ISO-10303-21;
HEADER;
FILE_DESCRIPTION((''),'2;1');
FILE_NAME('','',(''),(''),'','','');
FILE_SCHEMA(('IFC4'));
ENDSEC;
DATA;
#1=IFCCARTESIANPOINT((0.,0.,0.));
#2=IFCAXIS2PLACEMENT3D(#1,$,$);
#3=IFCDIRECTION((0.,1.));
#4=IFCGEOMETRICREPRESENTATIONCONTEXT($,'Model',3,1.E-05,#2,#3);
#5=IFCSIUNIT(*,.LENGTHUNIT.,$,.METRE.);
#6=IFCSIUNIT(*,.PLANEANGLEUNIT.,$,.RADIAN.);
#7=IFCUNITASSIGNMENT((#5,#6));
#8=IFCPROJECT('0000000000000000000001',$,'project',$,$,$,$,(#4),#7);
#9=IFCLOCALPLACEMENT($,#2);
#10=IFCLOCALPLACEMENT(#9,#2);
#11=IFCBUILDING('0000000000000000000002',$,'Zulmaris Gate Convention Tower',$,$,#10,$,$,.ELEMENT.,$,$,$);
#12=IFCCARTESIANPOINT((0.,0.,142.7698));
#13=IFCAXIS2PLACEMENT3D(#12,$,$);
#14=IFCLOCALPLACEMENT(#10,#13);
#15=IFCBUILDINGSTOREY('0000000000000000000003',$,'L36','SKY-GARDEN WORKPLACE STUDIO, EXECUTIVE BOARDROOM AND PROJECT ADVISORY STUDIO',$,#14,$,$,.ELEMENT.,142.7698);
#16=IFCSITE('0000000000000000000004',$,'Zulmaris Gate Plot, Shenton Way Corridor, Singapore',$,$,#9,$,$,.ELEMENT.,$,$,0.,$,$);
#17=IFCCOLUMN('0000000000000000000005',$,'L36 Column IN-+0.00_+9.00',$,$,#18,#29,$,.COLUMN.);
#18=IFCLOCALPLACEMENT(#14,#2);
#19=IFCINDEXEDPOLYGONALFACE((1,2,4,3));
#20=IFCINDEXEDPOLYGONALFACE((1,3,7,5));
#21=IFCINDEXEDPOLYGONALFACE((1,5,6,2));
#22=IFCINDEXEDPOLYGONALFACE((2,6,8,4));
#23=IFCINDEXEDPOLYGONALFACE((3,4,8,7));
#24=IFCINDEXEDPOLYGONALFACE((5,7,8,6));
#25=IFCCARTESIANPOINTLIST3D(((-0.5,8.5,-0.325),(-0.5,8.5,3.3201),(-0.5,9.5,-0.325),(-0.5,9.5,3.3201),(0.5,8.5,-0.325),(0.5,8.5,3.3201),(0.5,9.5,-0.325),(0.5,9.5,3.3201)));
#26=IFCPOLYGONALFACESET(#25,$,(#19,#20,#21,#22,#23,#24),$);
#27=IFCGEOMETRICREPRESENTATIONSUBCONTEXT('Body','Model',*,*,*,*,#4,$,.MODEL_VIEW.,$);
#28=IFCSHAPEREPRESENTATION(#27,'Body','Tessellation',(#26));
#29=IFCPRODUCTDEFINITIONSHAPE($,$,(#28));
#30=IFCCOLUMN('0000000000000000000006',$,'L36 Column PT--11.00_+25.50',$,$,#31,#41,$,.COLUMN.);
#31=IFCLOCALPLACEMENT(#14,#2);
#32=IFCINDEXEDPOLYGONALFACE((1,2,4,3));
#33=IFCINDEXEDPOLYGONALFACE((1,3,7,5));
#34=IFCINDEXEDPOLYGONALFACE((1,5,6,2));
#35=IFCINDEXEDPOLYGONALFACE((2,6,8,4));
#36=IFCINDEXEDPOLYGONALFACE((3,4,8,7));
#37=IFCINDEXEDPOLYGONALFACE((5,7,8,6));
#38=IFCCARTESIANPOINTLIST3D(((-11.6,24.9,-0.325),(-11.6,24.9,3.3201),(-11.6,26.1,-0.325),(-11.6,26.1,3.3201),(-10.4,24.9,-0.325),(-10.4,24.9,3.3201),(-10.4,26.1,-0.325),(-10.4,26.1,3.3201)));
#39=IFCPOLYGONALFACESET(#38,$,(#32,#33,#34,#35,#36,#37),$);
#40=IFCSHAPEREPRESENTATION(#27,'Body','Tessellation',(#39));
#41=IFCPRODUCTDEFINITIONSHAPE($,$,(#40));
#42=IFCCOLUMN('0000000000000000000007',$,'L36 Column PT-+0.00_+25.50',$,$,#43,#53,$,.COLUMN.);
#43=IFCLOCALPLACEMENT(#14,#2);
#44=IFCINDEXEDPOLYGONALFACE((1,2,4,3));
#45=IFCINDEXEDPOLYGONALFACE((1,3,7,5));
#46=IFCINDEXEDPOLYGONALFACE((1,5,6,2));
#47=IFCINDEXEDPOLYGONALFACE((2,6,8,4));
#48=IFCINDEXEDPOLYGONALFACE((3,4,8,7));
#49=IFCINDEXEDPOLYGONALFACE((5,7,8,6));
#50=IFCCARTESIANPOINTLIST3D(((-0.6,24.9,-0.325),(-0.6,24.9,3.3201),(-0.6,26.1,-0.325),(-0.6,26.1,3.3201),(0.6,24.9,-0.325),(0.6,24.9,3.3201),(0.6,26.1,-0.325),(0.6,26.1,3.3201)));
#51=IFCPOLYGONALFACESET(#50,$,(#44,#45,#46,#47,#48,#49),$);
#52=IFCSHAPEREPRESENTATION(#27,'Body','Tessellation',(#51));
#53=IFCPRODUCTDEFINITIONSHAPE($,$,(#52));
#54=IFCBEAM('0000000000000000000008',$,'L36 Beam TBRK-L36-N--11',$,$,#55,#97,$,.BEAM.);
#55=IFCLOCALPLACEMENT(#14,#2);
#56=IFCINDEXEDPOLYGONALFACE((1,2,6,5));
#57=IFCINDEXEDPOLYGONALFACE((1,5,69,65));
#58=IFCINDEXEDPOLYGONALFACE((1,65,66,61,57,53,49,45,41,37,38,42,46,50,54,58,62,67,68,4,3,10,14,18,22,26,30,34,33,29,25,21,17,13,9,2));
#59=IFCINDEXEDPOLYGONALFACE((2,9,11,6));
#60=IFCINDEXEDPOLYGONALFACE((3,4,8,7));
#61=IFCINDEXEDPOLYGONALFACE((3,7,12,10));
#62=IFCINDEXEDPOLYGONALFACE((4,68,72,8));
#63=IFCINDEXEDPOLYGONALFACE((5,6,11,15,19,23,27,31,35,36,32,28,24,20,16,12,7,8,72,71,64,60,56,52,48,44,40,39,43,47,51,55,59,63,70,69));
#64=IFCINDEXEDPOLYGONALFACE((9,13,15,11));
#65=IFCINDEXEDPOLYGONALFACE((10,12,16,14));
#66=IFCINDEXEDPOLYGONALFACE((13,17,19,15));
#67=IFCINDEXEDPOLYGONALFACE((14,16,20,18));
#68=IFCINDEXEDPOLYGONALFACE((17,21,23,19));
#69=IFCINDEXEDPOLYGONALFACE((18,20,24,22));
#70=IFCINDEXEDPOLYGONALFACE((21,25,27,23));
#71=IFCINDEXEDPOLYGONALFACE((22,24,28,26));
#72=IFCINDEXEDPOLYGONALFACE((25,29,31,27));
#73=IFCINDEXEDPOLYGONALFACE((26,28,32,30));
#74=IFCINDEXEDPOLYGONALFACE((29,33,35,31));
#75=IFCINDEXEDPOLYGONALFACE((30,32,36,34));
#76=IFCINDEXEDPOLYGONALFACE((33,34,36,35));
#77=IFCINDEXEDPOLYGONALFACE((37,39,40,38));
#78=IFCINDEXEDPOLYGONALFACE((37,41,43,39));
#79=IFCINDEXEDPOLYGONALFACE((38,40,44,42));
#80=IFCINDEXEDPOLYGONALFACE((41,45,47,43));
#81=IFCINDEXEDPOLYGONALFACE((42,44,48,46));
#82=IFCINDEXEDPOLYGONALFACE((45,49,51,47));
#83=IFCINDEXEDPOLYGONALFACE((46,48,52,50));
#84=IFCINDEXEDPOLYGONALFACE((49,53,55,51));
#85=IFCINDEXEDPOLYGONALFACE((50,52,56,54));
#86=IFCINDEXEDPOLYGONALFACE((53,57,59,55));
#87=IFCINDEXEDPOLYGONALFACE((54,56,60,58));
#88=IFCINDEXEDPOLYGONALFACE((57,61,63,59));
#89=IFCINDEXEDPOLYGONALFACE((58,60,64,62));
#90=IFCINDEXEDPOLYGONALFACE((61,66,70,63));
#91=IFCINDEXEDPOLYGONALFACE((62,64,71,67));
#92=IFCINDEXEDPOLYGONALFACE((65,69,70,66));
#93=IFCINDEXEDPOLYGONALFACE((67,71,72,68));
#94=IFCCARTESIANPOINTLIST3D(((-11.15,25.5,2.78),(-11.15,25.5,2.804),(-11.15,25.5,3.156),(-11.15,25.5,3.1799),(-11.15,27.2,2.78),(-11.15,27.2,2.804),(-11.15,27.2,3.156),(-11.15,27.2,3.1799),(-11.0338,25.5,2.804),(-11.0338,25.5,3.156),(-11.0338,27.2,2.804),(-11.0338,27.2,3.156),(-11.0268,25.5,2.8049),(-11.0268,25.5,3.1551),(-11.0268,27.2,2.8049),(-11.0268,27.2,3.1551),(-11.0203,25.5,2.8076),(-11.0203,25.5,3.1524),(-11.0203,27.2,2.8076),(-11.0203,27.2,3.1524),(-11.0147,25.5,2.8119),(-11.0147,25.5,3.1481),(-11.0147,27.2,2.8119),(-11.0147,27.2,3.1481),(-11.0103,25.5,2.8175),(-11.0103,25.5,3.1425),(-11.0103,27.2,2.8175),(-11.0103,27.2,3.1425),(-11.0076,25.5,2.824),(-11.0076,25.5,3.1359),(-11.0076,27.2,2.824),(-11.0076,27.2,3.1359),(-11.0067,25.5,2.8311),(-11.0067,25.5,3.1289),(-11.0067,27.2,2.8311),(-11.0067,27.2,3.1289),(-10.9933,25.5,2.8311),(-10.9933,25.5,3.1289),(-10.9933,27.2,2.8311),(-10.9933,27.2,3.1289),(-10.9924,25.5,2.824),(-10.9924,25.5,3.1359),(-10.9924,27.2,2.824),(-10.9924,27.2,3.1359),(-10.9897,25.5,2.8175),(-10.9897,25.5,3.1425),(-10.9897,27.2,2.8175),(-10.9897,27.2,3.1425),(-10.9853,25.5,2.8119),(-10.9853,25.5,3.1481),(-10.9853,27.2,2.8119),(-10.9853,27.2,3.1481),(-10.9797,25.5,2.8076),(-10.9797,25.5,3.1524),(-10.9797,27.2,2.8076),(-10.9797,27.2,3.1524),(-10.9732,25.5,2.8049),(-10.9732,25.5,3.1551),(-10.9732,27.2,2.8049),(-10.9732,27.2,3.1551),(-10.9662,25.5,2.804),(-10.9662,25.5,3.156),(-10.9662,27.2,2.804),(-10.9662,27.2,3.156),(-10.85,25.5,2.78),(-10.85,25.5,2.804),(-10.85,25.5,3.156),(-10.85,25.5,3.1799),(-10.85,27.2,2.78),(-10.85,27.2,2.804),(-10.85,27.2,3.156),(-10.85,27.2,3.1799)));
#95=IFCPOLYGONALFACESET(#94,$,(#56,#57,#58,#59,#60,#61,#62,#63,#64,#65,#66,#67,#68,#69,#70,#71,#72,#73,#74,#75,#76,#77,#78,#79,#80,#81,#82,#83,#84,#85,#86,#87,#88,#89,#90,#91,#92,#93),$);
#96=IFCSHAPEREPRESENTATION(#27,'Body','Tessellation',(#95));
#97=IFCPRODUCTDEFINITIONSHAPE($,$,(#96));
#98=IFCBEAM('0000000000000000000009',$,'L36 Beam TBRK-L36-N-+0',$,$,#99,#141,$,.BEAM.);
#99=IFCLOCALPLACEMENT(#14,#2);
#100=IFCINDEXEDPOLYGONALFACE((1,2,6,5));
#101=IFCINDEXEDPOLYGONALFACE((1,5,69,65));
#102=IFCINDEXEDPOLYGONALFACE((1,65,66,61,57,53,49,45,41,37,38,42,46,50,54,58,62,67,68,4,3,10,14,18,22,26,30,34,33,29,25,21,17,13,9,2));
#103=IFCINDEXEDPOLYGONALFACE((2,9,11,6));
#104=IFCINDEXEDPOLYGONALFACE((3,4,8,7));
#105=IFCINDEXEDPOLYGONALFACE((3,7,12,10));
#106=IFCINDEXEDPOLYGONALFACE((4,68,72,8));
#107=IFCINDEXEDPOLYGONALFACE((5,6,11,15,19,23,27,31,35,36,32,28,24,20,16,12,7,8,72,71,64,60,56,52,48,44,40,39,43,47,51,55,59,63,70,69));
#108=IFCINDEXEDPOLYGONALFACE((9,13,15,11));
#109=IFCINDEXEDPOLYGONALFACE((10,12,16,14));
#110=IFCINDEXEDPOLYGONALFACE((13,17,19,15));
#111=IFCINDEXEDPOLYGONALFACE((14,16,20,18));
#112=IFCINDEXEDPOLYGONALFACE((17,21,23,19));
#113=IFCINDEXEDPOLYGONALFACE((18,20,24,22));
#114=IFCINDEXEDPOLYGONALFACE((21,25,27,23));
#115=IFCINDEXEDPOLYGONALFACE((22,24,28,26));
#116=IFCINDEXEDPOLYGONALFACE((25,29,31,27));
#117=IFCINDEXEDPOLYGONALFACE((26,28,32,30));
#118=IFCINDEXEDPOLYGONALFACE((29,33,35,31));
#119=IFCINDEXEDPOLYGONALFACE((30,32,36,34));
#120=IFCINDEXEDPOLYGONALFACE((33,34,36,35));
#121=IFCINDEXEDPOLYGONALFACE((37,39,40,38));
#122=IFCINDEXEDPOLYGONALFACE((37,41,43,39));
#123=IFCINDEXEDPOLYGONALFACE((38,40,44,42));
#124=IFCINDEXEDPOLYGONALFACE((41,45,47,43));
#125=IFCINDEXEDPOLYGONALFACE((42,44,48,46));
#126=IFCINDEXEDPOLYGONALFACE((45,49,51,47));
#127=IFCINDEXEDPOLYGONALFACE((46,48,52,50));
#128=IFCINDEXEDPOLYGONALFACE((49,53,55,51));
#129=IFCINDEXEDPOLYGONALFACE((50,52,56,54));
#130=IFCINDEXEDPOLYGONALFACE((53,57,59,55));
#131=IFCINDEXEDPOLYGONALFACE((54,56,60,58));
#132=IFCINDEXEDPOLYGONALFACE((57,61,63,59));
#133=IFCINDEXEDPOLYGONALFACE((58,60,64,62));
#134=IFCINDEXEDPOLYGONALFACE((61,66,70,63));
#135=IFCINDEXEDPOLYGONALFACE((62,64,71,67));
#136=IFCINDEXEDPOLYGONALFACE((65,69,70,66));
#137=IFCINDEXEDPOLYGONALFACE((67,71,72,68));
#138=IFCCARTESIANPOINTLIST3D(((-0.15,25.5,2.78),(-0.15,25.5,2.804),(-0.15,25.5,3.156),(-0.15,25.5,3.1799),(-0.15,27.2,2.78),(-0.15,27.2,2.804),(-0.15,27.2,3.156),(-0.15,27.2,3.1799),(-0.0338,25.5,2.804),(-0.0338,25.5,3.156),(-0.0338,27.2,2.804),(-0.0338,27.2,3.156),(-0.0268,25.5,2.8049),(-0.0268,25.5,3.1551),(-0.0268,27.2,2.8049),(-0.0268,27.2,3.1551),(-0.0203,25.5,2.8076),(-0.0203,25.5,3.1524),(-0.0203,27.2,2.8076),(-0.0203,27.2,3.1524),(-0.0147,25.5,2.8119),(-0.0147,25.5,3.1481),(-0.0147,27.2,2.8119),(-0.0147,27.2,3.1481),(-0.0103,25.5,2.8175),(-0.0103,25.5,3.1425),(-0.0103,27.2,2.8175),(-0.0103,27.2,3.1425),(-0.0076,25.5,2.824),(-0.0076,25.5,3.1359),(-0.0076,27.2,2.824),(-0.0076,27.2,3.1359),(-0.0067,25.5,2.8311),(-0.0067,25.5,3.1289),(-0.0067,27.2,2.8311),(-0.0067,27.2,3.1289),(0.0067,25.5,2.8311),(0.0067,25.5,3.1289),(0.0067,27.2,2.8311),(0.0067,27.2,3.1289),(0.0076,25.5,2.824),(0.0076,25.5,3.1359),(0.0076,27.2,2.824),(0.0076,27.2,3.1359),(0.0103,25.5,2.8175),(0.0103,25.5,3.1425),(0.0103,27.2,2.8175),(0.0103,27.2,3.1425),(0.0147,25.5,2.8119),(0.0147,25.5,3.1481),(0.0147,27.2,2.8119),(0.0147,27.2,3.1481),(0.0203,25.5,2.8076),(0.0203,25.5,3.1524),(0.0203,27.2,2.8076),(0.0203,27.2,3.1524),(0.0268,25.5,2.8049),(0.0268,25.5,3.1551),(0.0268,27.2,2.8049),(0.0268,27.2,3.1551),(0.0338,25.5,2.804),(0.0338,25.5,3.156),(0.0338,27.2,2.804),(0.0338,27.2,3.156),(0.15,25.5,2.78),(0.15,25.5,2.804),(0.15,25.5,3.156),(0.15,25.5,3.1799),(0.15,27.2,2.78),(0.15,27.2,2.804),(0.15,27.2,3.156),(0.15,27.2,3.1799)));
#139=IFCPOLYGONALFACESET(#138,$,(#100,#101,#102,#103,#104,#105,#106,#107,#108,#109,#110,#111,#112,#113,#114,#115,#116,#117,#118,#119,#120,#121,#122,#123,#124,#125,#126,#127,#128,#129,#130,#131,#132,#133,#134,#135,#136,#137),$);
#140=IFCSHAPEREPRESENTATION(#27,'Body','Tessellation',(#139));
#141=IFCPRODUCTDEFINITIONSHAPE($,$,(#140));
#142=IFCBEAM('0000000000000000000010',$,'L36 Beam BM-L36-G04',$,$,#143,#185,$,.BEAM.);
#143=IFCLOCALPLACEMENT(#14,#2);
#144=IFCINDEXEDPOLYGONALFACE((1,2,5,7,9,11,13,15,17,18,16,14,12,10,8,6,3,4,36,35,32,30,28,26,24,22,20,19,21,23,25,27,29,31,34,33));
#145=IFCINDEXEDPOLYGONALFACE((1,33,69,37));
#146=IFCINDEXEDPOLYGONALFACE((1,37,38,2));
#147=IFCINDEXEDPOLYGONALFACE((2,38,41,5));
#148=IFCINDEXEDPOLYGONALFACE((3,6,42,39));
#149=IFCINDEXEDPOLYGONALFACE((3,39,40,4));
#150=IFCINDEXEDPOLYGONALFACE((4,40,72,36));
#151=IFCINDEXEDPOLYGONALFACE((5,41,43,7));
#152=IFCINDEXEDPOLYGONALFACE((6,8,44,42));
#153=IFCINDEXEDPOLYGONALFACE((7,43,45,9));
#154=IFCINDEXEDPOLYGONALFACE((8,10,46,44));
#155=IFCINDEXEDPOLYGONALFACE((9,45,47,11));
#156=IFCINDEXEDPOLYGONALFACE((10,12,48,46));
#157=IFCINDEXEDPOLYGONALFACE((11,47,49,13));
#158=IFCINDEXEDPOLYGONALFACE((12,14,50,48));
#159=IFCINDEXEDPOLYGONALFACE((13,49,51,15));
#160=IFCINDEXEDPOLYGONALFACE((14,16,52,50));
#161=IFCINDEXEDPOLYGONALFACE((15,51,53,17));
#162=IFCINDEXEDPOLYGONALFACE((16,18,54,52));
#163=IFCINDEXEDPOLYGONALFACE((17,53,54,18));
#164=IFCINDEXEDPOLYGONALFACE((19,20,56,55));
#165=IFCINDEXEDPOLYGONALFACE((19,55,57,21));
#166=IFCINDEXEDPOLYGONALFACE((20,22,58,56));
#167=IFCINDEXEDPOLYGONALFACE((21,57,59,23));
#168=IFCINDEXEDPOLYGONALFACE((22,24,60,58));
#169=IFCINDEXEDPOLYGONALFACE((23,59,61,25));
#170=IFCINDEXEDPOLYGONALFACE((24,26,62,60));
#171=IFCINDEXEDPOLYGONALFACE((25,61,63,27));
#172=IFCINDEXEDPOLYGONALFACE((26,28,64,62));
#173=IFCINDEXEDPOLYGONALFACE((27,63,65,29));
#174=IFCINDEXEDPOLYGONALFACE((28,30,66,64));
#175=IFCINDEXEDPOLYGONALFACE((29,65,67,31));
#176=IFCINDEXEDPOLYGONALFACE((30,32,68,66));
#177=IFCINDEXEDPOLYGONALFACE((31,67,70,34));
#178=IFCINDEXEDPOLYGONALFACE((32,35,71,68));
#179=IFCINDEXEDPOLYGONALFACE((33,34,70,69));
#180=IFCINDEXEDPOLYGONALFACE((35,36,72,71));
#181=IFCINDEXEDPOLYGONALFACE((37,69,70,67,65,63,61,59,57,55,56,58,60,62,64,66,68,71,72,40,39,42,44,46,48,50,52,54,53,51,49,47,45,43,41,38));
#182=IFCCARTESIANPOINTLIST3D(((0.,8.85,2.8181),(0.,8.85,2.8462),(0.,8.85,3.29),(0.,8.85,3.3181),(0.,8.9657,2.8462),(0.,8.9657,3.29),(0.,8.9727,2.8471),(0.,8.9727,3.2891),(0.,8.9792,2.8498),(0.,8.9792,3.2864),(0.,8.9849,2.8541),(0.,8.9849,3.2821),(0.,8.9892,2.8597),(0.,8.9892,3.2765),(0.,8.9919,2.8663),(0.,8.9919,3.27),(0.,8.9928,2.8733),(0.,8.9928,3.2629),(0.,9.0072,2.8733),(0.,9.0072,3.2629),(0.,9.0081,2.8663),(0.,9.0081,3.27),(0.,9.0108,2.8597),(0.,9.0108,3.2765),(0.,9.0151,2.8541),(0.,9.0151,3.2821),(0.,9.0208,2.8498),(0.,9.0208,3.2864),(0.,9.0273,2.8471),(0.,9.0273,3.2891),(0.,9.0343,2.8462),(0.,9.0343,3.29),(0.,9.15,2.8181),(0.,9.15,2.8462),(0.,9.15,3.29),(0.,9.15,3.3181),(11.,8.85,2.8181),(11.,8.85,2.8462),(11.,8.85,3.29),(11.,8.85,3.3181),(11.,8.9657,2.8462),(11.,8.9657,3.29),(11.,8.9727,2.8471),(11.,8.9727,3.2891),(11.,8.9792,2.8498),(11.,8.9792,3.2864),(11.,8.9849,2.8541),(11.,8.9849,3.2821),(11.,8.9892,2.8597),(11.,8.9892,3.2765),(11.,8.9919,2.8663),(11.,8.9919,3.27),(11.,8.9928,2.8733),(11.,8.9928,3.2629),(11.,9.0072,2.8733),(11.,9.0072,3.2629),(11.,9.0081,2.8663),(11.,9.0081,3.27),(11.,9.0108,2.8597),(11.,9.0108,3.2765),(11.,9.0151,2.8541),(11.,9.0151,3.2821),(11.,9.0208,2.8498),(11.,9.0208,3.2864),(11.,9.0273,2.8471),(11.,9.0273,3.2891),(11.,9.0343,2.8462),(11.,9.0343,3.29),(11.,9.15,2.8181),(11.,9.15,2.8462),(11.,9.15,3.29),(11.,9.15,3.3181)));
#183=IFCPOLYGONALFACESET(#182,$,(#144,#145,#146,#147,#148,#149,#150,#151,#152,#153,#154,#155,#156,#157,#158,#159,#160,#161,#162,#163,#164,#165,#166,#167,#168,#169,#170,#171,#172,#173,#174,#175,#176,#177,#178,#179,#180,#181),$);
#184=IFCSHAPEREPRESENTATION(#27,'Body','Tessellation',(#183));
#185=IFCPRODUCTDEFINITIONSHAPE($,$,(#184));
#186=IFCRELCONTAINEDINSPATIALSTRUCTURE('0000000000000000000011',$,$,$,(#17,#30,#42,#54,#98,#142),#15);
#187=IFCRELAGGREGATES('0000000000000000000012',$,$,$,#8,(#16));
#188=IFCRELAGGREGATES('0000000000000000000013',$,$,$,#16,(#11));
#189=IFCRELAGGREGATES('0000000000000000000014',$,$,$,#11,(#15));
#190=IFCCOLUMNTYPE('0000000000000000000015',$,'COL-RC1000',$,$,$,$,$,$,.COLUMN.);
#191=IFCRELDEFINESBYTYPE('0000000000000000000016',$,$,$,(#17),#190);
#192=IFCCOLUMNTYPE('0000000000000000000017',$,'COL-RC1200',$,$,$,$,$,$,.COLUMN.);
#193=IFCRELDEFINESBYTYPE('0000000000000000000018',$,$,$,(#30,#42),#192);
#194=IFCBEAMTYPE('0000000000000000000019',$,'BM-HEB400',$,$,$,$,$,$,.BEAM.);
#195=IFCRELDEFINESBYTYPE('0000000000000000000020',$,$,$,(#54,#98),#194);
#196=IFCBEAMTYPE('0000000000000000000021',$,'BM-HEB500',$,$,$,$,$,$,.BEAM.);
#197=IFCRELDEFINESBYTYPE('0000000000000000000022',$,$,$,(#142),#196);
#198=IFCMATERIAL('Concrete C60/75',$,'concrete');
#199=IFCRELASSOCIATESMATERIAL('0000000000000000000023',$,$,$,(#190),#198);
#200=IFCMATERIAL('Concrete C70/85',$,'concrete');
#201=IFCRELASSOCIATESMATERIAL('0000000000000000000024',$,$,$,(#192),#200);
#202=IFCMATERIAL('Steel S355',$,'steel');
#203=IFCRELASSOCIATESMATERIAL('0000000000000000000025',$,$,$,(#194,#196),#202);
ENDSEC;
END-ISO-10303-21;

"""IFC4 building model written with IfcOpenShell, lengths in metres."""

from ifc_helpers import new_model, si_unit, direction, frame, origin, origin_2d, place, context, subcontext, project, spatial, rectangle, i_section, extrude, material, material_profile, profile_set, type_object, element, save


model = new_model("IFC4")

# Units and contexts
model_context = context("Model", 3, precision=1e-05, world=origin(), true_north=direction((0.0, 1.0)))
body_context = subcontext(model_context, "Body", "Model", "MODEL_VIEW")
ifc_project = project(units=[si_unit("LENGTHUNIT", "METRE"), si_unit("PLANEANGLEUNIT", "RADIAN")], contexts=[model_context])

# Site, building, storey
site_placement = place(None, origin())
site = spatial("IfcSite", under=ifc_project, at=site_placement, Name="Zulmaris Gate Plot, Shenton Way Corridor, Singapore", CompositionType="ELEMENT", RefElevation=0.0)
building_placement = place(site_placement, origin())
building = spatial("IfcBuilding", under=site, at=building_placement, Name="Zulmaris Gate Convention Tower", CompositionType="ELEMENT")
storey_placement = place(building_placement, frame((0.0, 0.0, 142.7698)))
storey = spatial("IfcBuildingStorey", under=building, at=storey_placement, Name="L36", Description="SKY-GARDEN WORKPLACE STUDIO, EXECUTIVE BOARDROOM AND PROJECT ADVISORY STUDIO", CompositionType="ELEMENT", Elevation=142.7698)

# Columns
ifc_material_1 = material(Name="Concrete C60/75", Category="concrete")
ifc_material_profile_1 = material_profile(ifc_material_1, rectangle(XDim=1.0, YDim=1.0, at=origin_2d()), Name="RC COL 1000x1000")
ifc_profile_set_1 = profile_set([ifc_material_profile_1], Name="Concrete C60/75")
column_type_1 = type_object("IfcColumnType", Name="COL-RC1000", PredefinedType="COLUMN", material=ifc_profile_set_1)
column_placement = place(storey_placement, frame((0.0, 9.0, -0.325), z_axis=(0.0, 0.0, 1.0), x_axis=(1.0, 0.0, 0.0)))
element("IfcColumn", 1, at=column_placement, inside=storey, type_object=column_type_1, Name="L36 Column IN-+0.00_+9.00", PredefinedType="COLUMN", context=body_context, shape_type="SweptSolid", body=[
    extrude(rectangle(XDim=1.0, YDim=1.0, at=origin_2d()), origin(), (0.0, 0.0, 1.0), 3.645),
])
ifc_material_2 = material(Name="Concrete C70/85", Category="concrete")
ifc_material_profile_2 = material_profile(ifc_material_2, rectangle(XDim=1.2, YDim=1.2, at=origin_2d()), Name="RC COL 1200x1200")
ifc_profile_set_2 = profile_set([ifc_material_profile_2], Name="Concrete C70/85")
column_type_2 = type_object("IfcColumnType", Name="COL-RC1200", PredefinedType="COLUMN", material=ifc_profile_set_2)
for number, where, z_axis, x_axis, name in (
    (2, (-11.0, 25.5, -0.325), (0.0, 0.0, 1.0), (1.0, 0.0, 0.0), "L36 Column PT--11.00_+25.50"),
    (3, (0.0, 25.5, -0.325), (0.0, 0.0, 1.0), (1.0, 0.0, 0.0), "L36 Column PT-+0.00_+25.50"),
):
    element("IfcColumn", number, at=place(storey_placement, frame(where, z_axis=z_axis, x_axis=x_axis)), inside=storey, type_object=column_type_2, Name=name, PredefinedType="COLUMN", context=body_context, shape_type="SweptSolid", body=[
        extrude(rectangle(XDim=1.2, YDim=1.2, at=origin_2d()), origin(), (0.0, 0.0, 1.0), 3.645),
    ])

# Beams
ifc_material_3 = material(Name="Steel S355", Category="steel")
ifc_material_profile_3 = material_profile(ifc_material_3, i_section(OverallWidth=0.3, OverallDepth=0.3999, WebThickness=0.0134, FlangeThickness=0.0239, FilletRadius=0.0271, at=origin_2d()), Name="HEB 400")
ifc_profile_set_3 = profile_set([ifc_material_profile_3], Name="Steel S355")
beam_type_1 = type_object("IfcBeamType", Name="BM-HEB400", PredefinedType="BEAM", material=ifc_profile_set_3)
for number, where, z_axis, x_axis, name in (
    (4, (-11.0, 25.5, 2.98), (0.0, 1.0, 0.0), (-1.0, 0.0, 0.0), "L36 Beam TBRK-L36-N--11"),
    (5, (0.0, 25.5, 2.98), (0.0, 1.0, 0.0), (-1.0, 0.0, 0.0), "L36 Beam TBRK-L36-N-+0"),
):
    element("IfcBeam", number, at=place(storey_placement, frame(where, z_axis=z_axis, x_axis=x_axis)), inside=storey, type_object=beam_type_1, Name=name, PredefinedType="BEAM", context=body_context, shape_type="SweptSolid", body=[
        extrude(i_section(OverallWidth=0.3, OverallDepth=0.3999, WebThickness=0.0134, FlangeThickness=0.0239, FilletRadius=0.0271, at=origin_2d()), origin(), (0.0, 0.0, 1.0), 1.7),
    ])
ifc_material_profile_4 = material_profile(ifc_material_3, i_section(OverallWidth=0.3, OverallDepth=0.5, WebThickness=0.0144, FlangeThickness=0.0281, FilletRadius=0.0271, at=origin_2d()), Name="HEB 500")
ifc_profile_set_4 = profile_set([ifc_material_profile_4], Name="Steel S355")
beam_type_2 = type_object("IfcBeamType", Name="BM-HEB500", PredefinedType="BEAM", material=ifc_profile_set_4)
beam_1_placement = place(storey_placement, frame((0.0, 9.0, 3.0681), z_axis=(1.0, 0.0, 0.0), x_axis=(0.0, 1.0, 0.0)))
element("IfcBeam", 6, at=beam_1_placement, inside=storey, type_object=beam_type_2, Name="L36 Beam BM-L36-G04", PredefinedType="BEAM", context=body_context, shape_type="SweptSolid", body=[
    extrude(i_section(OverallWidth=0.3, OverallDepth=0.5, WebThickness=0.0144, FlangeThickness=0.0281, FilletRadius=0.0271, at=origin_2d()), origin(), (0.0, 0.0, 1.0), 11.0),
])

save(model, "model.ifc")
